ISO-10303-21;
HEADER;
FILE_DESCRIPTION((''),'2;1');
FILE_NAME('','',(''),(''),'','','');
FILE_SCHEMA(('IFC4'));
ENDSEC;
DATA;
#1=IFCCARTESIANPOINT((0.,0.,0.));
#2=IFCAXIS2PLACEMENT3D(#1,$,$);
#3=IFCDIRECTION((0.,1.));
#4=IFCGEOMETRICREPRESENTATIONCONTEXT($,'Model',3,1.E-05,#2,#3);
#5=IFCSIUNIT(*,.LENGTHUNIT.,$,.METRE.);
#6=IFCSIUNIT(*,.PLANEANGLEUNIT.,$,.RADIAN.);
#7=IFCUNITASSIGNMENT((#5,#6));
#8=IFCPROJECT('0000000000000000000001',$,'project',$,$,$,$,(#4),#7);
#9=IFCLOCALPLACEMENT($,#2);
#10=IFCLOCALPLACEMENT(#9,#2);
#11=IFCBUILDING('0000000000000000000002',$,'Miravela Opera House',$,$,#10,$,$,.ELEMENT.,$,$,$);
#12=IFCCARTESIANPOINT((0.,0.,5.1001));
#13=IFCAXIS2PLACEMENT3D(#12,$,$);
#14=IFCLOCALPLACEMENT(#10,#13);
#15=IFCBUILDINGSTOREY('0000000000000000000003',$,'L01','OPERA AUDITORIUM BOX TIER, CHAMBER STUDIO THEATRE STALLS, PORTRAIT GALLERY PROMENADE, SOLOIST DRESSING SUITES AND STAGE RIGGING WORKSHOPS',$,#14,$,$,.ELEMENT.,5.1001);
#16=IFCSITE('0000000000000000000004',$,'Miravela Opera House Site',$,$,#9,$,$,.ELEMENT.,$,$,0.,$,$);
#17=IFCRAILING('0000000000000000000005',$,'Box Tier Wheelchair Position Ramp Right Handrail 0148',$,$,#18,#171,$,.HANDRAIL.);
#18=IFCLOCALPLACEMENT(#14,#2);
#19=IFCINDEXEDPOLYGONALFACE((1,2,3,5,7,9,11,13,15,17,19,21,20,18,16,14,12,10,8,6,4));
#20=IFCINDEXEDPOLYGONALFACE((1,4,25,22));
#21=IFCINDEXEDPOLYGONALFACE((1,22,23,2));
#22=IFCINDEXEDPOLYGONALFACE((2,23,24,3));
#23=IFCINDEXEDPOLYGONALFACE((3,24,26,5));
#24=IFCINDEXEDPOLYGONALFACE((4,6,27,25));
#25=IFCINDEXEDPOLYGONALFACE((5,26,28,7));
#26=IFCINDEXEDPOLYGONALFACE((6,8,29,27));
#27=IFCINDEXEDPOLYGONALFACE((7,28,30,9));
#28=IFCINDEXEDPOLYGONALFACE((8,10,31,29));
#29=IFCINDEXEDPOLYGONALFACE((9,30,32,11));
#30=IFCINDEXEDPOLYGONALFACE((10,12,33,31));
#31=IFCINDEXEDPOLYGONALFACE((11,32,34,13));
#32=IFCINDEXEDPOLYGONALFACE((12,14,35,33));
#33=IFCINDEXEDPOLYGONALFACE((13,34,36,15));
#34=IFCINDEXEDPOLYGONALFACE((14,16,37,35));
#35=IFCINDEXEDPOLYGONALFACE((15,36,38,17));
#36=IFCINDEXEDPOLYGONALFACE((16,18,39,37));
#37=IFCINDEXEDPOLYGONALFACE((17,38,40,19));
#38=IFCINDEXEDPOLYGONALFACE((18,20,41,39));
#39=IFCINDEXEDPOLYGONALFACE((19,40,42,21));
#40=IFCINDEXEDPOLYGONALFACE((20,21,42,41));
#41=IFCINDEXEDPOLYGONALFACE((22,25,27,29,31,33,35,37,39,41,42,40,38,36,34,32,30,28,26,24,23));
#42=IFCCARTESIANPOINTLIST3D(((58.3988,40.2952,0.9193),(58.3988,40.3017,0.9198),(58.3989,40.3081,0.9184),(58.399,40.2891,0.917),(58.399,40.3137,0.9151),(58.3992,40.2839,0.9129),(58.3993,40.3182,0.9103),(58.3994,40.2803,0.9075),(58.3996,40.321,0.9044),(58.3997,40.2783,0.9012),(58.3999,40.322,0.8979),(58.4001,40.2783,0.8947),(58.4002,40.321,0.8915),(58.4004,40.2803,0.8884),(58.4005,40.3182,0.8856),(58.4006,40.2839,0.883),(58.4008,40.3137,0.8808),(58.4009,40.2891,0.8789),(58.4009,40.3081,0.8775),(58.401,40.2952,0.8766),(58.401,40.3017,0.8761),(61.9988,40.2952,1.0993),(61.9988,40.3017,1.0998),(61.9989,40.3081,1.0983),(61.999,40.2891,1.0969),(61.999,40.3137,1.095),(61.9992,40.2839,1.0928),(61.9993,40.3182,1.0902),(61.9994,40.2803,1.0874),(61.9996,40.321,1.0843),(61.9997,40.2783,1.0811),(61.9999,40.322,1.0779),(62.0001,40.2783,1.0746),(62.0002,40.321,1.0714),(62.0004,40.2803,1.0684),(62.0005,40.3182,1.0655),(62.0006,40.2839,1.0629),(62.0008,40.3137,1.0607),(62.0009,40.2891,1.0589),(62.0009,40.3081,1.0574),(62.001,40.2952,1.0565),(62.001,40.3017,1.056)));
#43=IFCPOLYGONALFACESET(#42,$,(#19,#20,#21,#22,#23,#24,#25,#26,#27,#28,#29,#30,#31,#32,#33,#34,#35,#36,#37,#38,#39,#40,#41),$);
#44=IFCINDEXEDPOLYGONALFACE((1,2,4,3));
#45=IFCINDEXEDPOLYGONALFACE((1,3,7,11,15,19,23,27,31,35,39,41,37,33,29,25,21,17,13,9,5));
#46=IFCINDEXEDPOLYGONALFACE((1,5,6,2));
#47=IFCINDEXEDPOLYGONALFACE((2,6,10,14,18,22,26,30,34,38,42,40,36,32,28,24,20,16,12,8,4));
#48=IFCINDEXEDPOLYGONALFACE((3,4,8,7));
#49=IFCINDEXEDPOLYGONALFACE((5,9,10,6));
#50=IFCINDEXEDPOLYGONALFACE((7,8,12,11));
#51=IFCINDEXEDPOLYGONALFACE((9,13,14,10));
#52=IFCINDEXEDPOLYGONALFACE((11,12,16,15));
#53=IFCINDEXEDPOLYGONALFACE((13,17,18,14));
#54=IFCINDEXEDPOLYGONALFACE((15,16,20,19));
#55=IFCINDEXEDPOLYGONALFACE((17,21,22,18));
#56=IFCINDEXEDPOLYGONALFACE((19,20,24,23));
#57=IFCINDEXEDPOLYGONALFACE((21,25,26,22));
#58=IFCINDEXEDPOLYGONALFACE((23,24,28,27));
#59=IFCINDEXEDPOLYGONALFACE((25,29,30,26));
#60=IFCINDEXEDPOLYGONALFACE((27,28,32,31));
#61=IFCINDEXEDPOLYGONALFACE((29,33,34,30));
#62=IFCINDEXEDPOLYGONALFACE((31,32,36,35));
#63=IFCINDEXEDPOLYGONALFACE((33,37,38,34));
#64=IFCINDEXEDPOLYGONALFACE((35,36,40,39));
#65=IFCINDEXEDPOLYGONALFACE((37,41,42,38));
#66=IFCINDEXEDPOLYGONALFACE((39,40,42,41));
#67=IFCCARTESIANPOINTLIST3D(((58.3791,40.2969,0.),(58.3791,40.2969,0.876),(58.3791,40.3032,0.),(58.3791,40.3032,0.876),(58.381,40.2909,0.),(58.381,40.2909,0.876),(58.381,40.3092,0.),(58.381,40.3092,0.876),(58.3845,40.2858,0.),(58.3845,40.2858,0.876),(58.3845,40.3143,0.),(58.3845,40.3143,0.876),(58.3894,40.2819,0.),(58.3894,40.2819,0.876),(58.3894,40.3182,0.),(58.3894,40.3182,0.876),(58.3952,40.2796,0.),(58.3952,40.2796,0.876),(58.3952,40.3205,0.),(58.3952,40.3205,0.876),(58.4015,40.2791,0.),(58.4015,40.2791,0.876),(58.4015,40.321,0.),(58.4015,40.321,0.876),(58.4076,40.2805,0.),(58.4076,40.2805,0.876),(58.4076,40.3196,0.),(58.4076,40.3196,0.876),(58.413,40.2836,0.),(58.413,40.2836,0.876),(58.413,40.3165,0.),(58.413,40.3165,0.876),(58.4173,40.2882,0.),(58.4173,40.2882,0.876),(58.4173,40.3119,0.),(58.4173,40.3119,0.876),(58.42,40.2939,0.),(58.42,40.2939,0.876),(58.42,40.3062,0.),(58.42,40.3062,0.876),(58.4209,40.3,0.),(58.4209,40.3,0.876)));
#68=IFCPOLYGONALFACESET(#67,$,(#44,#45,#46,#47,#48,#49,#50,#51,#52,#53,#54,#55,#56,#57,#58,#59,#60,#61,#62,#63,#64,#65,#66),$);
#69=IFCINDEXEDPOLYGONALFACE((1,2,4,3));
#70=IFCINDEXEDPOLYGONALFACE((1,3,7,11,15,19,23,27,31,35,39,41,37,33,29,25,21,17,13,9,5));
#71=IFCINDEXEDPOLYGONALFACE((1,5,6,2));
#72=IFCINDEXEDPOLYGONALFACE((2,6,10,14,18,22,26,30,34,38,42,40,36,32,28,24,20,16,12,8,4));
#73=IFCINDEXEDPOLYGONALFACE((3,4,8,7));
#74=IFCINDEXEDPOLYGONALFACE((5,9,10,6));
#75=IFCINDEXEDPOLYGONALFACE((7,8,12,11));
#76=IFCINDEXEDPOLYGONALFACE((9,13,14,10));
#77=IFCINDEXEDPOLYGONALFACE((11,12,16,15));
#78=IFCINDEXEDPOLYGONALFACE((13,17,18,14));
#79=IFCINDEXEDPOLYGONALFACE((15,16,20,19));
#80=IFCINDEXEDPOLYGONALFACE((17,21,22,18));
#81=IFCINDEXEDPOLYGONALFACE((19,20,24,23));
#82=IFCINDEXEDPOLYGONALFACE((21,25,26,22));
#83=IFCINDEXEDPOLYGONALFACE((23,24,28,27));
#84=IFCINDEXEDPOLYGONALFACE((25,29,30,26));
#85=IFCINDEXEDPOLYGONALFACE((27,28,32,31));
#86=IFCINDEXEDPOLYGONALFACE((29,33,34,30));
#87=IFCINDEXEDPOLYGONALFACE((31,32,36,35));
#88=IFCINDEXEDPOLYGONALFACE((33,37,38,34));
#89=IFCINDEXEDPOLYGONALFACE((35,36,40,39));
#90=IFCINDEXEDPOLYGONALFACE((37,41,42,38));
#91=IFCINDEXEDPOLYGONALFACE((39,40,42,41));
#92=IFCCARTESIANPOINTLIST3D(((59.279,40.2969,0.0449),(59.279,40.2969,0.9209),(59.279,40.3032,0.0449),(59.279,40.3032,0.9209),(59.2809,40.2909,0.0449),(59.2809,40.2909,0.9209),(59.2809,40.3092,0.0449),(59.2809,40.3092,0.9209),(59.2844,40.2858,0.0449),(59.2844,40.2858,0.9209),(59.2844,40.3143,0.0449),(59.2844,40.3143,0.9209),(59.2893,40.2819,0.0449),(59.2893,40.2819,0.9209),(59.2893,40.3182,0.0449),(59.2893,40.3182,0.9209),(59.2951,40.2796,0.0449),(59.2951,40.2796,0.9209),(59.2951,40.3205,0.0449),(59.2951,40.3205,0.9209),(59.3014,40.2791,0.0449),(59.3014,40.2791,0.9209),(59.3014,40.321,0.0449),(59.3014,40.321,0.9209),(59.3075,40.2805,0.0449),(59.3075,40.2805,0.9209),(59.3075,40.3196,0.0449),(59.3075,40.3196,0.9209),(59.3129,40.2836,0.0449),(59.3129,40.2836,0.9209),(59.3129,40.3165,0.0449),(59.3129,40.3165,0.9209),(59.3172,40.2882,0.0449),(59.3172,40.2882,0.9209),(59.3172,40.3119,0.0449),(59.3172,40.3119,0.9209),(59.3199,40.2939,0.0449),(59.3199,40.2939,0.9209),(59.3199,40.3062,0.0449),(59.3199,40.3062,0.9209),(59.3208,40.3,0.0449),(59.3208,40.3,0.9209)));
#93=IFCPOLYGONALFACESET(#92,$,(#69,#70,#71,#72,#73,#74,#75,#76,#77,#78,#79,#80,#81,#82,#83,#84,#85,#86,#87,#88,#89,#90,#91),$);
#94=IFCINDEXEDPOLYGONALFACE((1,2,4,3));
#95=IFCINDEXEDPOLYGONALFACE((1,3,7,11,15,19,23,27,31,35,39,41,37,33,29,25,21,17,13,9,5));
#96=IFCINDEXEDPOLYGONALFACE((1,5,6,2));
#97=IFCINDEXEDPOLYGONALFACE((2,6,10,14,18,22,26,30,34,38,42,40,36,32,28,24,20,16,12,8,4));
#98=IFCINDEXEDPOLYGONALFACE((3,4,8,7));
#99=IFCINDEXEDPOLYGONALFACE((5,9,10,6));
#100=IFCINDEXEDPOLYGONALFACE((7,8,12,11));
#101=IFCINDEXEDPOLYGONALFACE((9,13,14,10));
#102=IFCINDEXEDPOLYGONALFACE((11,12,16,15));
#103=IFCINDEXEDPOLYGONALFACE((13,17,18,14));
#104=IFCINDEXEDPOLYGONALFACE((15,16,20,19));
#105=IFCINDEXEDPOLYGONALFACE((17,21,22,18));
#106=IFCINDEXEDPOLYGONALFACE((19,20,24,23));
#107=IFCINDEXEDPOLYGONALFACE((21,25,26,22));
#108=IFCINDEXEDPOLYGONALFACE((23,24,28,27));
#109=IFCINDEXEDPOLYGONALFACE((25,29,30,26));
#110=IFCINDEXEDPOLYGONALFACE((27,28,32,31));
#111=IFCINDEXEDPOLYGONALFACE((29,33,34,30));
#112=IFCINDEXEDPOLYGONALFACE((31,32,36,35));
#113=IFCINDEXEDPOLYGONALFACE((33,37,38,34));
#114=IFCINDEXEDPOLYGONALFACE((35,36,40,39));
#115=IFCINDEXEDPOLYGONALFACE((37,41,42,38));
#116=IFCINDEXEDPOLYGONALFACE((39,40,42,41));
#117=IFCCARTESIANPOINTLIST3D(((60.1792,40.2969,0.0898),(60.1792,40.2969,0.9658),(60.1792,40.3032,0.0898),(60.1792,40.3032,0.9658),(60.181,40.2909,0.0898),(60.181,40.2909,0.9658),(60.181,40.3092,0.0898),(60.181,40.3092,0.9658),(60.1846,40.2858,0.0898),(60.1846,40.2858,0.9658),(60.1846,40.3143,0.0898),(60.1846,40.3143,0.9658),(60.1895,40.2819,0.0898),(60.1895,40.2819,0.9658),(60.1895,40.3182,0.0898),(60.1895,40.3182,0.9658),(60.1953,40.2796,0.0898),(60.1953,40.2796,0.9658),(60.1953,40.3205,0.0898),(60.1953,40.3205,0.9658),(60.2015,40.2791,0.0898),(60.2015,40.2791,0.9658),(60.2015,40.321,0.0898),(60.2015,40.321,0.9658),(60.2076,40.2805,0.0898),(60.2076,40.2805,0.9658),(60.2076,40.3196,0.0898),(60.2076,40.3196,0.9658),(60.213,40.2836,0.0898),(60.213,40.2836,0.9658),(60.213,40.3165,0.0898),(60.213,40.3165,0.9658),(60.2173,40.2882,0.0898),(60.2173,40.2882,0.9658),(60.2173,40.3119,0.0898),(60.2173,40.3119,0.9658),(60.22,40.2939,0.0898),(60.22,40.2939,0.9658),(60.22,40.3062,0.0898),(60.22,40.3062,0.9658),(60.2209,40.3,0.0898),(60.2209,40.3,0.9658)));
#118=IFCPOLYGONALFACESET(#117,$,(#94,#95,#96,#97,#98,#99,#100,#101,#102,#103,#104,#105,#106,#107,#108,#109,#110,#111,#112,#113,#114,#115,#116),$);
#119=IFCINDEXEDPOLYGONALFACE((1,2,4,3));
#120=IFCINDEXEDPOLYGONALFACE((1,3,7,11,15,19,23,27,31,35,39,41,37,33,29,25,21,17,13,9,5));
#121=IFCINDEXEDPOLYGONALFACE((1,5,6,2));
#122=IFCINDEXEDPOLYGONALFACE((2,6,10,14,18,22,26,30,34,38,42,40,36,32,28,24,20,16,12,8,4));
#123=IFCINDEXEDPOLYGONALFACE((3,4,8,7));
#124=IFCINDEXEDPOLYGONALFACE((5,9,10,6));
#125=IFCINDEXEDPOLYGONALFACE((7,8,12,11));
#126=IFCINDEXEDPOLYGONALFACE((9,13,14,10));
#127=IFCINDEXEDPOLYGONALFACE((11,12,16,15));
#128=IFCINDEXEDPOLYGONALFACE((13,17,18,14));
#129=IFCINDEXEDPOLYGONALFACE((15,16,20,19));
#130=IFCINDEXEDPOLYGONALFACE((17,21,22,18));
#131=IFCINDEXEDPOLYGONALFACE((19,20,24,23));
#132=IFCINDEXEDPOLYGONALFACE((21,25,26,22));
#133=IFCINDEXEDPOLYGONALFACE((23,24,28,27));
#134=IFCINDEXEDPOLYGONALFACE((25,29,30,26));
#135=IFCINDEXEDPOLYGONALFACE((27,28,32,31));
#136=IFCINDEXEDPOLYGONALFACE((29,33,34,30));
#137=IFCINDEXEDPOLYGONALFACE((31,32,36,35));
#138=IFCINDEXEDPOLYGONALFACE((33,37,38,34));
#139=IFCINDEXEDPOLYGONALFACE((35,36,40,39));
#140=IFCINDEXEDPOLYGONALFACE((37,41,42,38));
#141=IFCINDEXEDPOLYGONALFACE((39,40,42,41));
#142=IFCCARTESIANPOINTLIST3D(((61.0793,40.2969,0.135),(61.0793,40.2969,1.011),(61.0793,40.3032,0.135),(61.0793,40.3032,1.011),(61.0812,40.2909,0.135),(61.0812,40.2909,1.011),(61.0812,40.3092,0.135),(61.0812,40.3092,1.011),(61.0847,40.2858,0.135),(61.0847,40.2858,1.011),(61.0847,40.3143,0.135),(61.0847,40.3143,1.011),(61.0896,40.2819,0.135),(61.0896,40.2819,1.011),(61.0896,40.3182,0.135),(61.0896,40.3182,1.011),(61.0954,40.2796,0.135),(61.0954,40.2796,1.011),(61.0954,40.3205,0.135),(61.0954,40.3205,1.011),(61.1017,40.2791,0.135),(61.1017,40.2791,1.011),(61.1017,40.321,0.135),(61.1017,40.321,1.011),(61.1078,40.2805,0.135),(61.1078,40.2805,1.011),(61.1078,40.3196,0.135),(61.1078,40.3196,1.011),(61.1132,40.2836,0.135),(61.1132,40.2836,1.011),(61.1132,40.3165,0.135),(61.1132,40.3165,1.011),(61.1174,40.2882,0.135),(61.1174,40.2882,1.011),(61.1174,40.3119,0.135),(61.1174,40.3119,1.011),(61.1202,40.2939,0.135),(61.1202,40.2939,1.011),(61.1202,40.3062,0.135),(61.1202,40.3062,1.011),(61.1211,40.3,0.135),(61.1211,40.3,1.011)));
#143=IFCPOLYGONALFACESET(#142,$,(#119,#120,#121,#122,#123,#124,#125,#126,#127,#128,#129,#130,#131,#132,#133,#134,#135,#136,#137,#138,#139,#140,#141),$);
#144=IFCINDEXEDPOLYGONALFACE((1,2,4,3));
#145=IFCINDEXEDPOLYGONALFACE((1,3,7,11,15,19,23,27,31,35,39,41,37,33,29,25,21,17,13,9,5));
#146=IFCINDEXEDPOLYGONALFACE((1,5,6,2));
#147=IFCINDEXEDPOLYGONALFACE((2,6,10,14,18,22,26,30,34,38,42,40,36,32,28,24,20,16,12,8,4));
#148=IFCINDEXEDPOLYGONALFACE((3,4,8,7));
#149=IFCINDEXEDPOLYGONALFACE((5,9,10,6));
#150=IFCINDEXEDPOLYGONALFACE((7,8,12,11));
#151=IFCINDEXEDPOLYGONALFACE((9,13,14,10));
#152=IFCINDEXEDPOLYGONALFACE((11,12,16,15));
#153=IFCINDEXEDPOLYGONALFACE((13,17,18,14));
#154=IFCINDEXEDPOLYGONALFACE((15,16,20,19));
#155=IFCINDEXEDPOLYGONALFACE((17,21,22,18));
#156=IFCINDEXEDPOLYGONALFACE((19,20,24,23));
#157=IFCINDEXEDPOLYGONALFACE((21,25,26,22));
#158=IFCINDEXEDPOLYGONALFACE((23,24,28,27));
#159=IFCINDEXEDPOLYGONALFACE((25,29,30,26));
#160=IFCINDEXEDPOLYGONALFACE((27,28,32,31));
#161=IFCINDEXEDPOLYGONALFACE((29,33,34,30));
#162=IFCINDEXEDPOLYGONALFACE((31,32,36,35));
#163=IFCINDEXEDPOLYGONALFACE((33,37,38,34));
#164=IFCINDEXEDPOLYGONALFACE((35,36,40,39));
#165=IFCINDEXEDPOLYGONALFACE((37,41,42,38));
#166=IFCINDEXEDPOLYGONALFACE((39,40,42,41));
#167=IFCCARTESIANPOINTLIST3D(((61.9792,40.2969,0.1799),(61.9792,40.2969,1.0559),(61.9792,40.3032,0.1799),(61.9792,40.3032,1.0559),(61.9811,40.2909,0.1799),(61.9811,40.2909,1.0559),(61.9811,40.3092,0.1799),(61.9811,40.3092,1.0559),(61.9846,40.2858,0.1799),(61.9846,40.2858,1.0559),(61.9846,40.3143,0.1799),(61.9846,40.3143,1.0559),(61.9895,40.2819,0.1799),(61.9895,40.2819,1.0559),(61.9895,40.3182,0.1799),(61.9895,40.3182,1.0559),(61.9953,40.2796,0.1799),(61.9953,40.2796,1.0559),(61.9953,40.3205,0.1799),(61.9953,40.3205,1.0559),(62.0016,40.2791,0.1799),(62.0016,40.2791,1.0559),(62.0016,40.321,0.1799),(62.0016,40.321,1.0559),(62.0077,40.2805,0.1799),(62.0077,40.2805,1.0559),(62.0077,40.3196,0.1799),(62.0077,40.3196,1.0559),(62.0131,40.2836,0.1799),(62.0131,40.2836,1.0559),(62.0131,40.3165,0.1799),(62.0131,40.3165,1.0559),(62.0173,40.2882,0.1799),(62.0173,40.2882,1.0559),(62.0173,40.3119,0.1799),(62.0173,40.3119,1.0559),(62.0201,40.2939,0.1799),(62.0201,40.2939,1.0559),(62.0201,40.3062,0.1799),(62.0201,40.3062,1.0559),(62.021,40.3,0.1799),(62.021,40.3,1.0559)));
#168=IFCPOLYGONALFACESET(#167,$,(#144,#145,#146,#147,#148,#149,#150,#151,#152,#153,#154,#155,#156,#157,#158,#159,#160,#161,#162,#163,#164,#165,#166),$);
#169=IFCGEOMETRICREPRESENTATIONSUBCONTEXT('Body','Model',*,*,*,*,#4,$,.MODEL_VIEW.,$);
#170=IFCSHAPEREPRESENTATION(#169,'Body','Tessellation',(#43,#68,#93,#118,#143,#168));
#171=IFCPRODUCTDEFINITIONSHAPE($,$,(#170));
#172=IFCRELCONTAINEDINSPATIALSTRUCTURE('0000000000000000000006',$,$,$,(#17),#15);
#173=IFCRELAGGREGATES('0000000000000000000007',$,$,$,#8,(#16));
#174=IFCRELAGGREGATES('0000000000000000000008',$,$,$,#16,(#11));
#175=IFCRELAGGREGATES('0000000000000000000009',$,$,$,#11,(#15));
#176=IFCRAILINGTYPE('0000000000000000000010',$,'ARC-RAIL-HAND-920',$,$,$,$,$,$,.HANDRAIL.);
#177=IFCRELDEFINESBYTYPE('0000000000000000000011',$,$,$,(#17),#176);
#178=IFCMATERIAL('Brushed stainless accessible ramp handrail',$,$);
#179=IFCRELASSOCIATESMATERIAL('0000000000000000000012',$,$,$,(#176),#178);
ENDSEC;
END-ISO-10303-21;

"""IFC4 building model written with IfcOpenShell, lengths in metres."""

from ifc_helpers import new_model, si_unit, direction, frame, origin, origin_2d, place, context, subcontext, project, spatial, circle, extrude, material, type_object, element, save


model = new_model("IFC4")

# Units and contexts
model_context = context("Model", 3, precision=1e-05, world=origin(), true_north=direction((0.0, 1.0)))
body_context = subcontext(model_context, "Body", "Model", "MODEL_VIEW")
ifc_project = project(units=[si_unit("LENGTHUNIT", "METRE"), si_unit("PLANEANGLEUNIT", "RADIAN")], contexts=[model_context])

# Site, building, storey
site_placement = place(None, origin())
site = spatial("IfcSite", under=ifc_project, at=site_placement, Name="Miravela Opera House Site", CompositionType="ELEMENT", RefElevation=0.0)
building_placement = place(site_placement, origin())
building = spatial("IfcBuilding", under=site, at=building_placement, Name="Miravela Opera House", CompositionType="ELEMENT")
storey_placement = place(building_placement, frame((0.0, 0.0, 5.1001)))
storey = spatial("IfcBuildingStorey", under=building, at=storey_placement, Name="L01", Description="OPERA AUDITORIUM BOX TIER, CHAMBER STUDIO THEATRE STALLS, PORTRAIT GALLERY PROMENADE, SOLOIST DRESSING SUITES AND STAGE RIGGING WORKSHOPS", CompositionType="ELEMENT", Elevation=5.1001)

# Railing
ifc_material_1 = material(Name="Brushed stainless accessible ramp handrail")
railing_type_1 = type_object("IfcRailingType", Name="ARC-RAIL-HAND-920", PredefinedType="HANDRAIL", material=ifc_material_1)
for number, where, name in (
    (1, (58.3999, 40.3, 0.0), "Box Tier Wheelchair Position Ramp Right Handrail 0148"),
):
    element("IfcRailing", number, at=place(storey_placement, frame(where)), inside=storey, type_object=railing_type_1, Name=name, PredefinedType="HANDRAIL", context=body_context, shape_type="SweptSolid", body=[
        extrude(circle(Radius=0.022, at=origin_2d()), frame((0.0, 0.0, 0.8979), z_axis=(0.998753, 0.0, 0.049917), x_axis=(0.0, 1.0, 0.0)), (0.0, 0.0, 1.0), 3.6045),
        extrude(circle(Radius=0.021, at=origin_2d()), origin(), (0.0, 0.0, 1.0), 0.876),
        extrude(circle(Radius=0.021, at=origin_2d()), frame((0.8999, 0.0, 0.0449)), (0.0, 0.0, 1.0), 0.876),
        extrude(circle(Radius=0.021, at=origin_2d()), frame((1.8, 0.0, 0.0898)), (0.0, 0.0, 1.0), 0.876),
        extrude(circle(Radius=0.021, at=origin_2d()), frame((2.7002, 0.0, 0.135)), (0.0, 0.0, 1.0), 0.876),
        extrude(circle(Radius=0.021, at=origin_2d()), frame((3.6001, 0.0, 0.1799)), (0.0, 0.0, 1.0), 0.876),
    ])

save(model, "model.ifc")
